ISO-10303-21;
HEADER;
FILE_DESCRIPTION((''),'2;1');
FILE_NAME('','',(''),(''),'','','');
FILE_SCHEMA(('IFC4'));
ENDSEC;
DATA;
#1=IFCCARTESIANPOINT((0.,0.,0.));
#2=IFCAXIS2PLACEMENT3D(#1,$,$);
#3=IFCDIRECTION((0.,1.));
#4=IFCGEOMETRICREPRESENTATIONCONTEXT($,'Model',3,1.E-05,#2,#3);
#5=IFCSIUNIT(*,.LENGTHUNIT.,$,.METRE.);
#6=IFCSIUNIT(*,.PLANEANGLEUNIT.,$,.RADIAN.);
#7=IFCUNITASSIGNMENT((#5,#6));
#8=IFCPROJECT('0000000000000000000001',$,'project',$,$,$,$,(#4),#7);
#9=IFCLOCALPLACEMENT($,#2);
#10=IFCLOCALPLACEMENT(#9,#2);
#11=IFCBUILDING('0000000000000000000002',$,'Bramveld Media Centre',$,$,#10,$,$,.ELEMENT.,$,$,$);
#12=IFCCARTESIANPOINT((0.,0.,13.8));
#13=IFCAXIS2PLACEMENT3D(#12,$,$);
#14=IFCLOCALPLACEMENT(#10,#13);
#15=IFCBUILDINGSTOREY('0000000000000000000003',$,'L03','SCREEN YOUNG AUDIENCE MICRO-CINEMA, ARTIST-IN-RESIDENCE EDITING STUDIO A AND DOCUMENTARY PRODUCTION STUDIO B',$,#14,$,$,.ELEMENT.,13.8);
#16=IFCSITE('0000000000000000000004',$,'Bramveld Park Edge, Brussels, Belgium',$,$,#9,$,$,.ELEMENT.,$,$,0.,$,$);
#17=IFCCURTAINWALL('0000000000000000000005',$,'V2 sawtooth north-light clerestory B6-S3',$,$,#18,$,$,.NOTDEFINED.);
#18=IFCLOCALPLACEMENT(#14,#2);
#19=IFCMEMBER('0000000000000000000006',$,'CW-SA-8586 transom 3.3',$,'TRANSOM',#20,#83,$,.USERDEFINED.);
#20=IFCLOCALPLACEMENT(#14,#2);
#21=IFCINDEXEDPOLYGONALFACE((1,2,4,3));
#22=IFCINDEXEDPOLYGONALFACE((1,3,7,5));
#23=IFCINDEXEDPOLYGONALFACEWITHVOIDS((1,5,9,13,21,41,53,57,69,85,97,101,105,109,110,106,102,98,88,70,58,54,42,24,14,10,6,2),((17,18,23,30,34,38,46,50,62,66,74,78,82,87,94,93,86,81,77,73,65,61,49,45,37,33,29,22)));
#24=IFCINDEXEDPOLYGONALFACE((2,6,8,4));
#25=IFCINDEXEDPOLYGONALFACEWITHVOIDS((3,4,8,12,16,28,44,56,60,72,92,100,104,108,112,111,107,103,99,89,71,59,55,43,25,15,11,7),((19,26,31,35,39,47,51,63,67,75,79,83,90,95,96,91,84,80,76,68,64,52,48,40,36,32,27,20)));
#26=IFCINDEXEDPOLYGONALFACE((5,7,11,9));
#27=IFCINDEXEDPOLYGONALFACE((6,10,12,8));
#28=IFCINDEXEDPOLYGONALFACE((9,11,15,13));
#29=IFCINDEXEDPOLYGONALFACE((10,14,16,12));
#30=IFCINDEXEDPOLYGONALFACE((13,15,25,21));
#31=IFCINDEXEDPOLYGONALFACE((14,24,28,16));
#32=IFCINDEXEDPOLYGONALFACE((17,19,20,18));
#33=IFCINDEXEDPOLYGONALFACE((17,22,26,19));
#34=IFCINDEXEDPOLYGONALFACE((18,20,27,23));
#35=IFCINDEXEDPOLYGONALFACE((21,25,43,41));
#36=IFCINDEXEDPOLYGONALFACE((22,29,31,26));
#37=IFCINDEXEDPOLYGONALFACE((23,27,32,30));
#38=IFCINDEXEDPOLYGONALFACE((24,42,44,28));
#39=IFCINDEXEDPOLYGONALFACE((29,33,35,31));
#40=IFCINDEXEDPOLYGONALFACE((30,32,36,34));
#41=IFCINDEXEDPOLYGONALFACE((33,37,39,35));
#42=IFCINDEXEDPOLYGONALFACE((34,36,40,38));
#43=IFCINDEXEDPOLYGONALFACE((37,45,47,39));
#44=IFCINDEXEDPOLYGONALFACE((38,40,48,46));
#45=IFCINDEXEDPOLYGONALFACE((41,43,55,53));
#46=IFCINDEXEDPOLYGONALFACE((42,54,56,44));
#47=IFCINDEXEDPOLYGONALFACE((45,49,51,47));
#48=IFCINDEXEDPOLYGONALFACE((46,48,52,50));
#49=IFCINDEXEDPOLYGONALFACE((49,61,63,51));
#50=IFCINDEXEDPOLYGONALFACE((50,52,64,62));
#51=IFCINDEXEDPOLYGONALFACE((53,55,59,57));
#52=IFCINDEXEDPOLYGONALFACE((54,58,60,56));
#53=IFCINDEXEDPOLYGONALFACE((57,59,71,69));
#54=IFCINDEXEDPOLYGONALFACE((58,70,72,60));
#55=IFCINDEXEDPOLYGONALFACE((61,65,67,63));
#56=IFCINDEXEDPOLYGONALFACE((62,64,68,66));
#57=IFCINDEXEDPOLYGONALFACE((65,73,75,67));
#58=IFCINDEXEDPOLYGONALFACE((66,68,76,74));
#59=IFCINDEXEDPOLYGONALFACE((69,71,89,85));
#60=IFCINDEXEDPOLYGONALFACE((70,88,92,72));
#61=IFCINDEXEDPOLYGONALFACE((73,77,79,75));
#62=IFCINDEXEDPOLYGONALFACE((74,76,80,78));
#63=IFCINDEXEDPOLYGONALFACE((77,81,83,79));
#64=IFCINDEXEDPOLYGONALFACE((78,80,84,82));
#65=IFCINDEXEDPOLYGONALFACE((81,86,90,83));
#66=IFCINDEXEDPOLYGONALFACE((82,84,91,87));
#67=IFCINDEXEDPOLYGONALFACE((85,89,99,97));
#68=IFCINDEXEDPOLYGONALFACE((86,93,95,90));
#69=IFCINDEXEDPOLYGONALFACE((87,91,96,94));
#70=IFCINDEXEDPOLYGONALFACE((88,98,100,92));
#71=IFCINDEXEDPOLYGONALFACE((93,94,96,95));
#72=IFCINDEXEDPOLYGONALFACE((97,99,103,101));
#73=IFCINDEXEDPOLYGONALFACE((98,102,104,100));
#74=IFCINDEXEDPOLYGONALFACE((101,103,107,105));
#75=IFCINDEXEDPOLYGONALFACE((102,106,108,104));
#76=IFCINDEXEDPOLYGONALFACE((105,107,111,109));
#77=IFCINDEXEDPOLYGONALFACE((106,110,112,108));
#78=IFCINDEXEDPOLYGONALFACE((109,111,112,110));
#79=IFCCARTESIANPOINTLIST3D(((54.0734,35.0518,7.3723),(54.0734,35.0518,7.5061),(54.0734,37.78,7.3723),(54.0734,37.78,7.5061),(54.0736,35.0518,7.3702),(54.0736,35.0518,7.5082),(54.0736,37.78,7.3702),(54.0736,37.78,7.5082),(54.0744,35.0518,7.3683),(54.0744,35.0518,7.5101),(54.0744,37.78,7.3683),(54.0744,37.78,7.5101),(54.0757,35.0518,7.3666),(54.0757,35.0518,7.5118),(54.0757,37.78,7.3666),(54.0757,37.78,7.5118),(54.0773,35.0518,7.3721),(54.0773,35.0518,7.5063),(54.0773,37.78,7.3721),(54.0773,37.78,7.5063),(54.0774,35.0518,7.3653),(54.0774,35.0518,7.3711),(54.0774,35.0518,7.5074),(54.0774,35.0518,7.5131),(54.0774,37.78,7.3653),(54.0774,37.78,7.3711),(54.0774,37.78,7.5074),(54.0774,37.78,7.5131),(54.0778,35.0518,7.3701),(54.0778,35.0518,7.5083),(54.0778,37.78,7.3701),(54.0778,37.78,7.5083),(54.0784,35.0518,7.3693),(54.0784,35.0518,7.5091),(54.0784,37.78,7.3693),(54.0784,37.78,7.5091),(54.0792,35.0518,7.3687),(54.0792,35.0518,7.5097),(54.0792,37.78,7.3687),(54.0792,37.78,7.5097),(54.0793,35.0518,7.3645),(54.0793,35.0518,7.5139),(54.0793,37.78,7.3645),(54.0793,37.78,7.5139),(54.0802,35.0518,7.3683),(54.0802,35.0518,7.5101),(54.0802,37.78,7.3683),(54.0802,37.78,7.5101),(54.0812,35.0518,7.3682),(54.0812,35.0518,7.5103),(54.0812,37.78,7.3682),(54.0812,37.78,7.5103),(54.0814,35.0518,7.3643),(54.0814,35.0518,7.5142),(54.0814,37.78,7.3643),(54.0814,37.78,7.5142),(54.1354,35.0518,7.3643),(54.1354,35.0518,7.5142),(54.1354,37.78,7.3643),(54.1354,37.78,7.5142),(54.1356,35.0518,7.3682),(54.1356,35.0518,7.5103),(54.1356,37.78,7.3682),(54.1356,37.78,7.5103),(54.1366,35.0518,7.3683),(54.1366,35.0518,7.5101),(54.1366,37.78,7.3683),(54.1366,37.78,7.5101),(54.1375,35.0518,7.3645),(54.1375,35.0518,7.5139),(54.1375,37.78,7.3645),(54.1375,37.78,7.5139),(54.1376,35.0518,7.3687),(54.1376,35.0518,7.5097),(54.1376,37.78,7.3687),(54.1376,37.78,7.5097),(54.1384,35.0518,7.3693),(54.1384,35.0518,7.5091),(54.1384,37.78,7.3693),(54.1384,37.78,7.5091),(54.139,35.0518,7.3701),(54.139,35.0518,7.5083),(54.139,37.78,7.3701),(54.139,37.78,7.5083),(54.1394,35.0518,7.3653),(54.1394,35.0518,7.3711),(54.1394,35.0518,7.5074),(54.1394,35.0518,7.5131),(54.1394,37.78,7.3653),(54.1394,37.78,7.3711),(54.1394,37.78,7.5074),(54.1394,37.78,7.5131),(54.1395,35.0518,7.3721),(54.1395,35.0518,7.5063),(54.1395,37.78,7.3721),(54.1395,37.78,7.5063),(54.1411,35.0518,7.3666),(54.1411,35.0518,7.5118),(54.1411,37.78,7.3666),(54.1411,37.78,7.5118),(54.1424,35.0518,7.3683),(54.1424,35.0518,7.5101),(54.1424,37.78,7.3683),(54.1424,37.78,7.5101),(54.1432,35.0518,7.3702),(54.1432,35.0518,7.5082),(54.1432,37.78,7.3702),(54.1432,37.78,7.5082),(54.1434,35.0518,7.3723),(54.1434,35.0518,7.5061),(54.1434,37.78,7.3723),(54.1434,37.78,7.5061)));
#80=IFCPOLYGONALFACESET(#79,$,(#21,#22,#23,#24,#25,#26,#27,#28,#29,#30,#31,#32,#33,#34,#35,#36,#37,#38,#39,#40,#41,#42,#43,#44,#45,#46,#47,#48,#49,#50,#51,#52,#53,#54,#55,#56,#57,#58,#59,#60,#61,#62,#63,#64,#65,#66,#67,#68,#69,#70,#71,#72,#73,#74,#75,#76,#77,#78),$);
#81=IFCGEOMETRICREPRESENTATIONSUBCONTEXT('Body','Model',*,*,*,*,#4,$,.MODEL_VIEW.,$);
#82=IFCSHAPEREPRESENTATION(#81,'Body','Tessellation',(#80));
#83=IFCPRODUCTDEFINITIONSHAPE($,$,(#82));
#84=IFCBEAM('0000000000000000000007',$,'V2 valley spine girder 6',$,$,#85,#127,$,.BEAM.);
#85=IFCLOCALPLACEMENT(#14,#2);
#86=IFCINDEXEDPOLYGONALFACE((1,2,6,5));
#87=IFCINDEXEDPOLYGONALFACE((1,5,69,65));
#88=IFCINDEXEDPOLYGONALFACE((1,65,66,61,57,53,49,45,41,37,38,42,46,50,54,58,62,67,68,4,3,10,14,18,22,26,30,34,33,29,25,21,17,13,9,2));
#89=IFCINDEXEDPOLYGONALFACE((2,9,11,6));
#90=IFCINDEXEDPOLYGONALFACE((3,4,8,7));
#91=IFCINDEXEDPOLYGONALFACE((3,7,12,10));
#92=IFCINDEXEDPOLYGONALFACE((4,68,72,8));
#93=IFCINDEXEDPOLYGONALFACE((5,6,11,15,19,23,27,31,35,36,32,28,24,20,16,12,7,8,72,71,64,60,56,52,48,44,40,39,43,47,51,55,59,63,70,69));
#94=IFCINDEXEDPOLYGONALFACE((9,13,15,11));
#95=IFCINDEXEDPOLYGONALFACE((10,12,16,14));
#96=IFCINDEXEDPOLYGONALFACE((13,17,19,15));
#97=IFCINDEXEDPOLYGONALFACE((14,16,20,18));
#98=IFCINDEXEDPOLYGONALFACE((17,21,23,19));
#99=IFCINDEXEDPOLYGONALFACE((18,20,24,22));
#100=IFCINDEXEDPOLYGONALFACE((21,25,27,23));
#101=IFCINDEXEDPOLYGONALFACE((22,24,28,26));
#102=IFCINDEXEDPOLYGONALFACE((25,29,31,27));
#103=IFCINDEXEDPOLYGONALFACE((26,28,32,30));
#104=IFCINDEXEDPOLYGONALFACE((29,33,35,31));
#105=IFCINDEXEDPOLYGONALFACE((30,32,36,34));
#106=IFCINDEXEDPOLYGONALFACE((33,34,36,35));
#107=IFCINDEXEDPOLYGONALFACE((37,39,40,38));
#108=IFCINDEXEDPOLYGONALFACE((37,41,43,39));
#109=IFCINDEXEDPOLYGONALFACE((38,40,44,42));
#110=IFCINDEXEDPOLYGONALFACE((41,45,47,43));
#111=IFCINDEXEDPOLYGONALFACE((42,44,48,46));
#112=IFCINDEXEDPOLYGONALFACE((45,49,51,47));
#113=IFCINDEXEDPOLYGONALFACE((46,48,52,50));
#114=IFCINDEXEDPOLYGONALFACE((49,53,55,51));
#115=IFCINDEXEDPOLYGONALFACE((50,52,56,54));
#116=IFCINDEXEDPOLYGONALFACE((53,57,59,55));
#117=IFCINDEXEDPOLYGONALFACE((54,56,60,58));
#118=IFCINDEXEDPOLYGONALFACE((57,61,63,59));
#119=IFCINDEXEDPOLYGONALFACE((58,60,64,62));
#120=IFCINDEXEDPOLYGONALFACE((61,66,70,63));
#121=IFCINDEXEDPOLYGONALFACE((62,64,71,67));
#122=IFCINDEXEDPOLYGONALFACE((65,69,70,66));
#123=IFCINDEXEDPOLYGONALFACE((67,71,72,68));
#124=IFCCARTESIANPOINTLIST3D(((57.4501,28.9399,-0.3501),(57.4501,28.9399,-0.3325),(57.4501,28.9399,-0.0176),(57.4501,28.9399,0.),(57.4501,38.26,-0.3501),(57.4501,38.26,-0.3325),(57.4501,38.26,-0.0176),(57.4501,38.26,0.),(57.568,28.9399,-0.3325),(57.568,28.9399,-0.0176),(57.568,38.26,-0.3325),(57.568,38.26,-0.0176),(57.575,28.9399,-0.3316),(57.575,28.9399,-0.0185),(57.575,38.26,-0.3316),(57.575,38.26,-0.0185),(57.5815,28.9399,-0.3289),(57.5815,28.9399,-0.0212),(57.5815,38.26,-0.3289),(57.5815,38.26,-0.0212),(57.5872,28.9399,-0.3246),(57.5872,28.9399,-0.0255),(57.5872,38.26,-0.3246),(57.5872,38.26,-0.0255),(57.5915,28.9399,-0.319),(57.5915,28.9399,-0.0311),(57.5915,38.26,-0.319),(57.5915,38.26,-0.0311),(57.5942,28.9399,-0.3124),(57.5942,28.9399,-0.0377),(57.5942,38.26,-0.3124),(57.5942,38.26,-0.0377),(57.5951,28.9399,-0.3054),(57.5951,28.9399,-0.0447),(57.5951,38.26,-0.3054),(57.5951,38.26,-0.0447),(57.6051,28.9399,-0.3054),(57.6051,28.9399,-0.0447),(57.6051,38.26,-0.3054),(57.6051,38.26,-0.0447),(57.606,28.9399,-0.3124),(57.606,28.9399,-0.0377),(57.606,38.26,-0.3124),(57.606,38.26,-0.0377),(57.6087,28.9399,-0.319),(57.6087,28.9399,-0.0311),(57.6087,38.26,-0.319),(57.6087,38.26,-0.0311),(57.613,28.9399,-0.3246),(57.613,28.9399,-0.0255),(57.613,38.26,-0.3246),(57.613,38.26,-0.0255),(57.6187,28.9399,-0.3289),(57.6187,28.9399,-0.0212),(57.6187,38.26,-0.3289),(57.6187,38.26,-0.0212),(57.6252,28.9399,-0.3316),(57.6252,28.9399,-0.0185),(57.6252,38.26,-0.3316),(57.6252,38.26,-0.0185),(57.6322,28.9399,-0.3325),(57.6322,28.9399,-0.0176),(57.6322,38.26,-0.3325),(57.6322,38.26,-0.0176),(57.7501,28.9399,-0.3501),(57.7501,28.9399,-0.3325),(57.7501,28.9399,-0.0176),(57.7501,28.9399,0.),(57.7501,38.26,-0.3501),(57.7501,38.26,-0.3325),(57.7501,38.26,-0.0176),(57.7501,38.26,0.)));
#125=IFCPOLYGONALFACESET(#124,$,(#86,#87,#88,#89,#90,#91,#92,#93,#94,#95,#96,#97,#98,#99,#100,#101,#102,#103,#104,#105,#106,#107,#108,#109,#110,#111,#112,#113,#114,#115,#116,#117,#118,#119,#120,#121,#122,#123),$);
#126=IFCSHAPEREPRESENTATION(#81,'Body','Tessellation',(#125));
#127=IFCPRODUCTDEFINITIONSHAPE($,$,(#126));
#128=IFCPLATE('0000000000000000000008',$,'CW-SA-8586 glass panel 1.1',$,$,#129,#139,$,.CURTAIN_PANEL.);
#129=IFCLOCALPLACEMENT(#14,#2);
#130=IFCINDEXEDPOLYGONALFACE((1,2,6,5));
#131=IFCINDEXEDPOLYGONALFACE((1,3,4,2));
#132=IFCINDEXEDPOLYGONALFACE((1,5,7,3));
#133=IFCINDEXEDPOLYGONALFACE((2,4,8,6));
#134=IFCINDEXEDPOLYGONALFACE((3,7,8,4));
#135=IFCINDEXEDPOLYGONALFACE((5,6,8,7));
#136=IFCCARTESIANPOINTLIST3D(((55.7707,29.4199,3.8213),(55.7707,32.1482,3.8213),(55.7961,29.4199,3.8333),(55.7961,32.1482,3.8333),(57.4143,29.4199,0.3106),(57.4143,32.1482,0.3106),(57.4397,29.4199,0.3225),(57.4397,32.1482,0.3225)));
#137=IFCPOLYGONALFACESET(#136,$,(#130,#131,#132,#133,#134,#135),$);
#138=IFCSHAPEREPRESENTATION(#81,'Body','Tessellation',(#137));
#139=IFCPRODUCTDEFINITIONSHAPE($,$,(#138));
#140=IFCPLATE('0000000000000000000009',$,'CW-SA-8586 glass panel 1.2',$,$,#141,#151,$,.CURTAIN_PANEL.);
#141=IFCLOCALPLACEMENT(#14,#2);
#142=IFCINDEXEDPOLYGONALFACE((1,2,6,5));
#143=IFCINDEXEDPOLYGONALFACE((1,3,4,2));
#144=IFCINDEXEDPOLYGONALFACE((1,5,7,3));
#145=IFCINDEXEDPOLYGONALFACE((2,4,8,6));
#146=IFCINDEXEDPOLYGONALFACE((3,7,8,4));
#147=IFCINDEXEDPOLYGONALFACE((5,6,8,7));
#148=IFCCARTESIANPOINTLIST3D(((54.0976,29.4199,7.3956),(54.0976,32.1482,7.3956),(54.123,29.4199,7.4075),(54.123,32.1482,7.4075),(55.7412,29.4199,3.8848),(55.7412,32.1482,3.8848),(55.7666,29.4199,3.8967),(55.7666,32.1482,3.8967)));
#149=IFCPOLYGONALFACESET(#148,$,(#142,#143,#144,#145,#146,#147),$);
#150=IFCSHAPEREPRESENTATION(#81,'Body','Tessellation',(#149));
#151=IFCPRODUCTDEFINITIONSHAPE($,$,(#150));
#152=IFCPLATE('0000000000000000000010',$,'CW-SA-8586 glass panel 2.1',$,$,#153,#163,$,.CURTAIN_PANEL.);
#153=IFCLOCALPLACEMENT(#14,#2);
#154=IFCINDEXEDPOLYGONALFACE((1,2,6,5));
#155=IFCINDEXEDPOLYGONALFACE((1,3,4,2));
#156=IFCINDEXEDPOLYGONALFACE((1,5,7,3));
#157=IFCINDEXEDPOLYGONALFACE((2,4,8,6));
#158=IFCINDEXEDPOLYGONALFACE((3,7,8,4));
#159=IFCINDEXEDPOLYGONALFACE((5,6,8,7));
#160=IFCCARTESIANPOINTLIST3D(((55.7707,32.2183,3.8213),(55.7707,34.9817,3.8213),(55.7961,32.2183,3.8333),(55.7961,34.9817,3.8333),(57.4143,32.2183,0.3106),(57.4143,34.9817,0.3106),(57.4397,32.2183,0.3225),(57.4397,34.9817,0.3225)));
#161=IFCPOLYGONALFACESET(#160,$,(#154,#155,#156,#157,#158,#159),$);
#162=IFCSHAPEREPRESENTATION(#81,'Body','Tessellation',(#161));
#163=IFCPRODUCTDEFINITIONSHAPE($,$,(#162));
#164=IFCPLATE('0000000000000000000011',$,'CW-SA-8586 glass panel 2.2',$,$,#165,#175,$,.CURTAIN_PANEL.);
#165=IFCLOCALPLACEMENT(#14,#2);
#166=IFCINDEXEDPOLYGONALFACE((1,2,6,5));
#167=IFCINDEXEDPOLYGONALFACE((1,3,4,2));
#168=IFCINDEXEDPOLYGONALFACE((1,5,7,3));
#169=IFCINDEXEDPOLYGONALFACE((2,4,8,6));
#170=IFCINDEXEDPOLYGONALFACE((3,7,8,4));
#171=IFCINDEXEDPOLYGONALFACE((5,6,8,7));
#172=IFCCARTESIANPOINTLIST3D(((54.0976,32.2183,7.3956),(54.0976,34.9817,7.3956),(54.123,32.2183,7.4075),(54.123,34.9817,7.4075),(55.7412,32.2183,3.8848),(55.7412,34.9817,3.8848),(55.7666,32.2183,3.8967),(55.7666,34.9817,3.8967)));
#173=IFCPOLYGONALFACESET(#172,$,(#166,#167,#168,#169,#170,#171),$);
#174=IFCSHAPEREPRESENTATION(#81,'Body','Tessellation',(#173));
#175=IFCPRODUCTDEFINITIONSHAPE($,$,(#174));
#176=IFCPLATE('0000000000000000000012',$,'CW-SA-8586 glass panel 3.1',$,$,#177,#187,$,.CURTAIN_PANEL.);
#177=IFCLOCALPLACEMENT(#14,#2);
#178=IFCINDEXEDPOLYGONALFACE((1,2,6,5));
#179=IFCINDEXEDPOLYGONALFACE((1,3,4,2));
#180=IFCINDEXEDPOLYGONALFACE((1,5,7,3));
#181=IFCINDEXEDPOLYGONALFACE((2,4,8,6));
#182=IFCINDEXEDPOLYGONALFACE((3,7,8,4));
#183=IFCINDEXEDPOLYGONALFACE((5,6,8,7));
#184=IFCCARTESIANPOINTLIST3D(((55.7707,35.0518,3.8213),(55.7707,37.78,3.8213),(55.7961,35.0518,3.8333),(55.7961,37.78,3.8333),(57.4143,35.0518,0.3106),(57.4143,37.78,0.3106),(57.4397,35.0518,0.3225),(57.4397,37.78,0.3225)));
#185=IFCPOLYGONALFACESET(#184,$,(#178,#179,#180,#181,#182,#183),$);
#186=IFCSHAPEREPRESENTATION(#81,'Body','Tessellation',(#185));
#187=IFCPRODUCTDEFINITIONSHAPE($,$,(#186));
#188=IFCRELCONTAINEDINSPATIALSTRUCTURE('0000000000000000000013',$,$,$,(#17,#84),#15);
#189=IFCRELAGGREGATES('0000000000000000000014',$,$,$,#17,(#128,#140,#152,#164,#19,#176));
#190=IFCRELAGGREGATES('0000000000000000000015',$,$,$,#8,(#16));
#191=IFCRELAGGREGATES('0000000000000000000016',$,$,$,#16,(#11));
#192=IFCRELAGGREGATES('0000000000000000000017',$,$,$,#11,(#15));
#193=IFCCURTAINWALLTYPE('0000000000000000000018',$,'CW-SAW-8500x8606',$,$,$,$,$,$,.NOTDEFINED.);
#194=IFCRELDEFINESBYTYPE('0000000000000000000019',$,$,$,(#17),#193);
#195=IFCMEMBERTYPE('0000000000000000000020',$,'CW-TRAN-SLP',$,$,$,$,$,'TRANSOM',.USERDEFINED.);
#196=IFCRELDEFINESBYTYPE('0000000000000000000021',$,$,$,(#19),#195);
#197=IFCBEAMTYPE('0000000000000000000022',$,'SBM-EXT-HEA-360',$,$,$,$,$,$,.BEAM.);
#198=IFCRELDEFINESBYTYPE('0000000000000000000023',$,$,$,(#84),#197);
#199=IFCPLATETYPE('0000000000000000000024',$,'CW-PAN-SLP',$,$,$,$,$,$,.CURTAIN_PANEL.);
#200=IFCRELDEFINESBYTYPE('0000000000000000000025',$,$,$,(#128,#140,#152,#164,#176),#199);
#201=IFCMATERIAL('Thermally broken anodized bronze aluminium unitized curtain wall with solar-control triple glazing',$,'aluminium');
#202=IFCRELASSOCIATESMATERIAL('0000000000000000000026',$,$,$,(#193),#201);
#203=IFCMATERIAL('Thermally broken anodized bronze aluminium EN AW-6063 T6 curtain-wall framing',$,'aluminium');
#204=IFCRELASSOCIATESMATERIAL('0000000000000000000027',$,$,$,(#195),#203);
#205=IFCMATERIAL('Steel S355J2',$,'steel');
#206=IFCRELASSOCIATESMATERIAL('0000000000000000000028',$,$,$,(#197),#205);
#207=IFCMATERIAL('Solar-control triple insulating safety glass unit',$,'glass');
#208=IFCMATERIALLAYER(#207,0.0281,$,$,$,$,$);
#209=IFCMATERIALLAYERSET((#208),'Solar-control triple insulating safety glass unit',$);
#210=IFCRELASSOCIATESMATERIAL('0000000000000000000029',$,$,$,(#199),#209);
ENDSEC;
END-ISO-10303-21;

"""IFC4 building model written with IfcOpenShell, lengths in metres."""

from ifc_helpers import new_model, si_unit, direction, frame, origin, origin_2d, place, context, subcontext, project, spatial, polyline, hollow_rectangle, i_section, outline, extrude, material, layer, layer_set, material_profile, profile_set, type_object, element, aggregate, save


model = new_model("IFC4")

# Units and contexts
model_context = context("Model", 3, precision=1e-05, world=origin(), true_north=direction((0.0, 1.0)))
body_context = subcontext(model_context, "Body", "Model", "MODEL_VIEW")
ifc_project = project(units=[si_unit("LENGTHUNIT", "METRE"), si_unit("PLANEANGLEUNIT", "RADIAN")], contexts=[model_context])

# Site, building, storey
site_placement = place(None, origin())
site = spatial("IfcSite", under=ifc_project, at=site_placement, Name="Bramveld Park Edge, Brussels, Belgium", CompositionType="ELEMENT", RefElevation=0.0)
building_placement = place(site_placement, origin())
building = spatial("IfcBuilding", under=site, at=building_placement, Name="Bramveld Media Centre", CompositionType="ELEMENT")
storey_placement = place(building_placement, frame((0.0, 0.0, 13.8)))
storey = spatial("IfcBuildingStorey", under=building, at=storey_placement, Name="L03", Description="SCREEN YOUNG AUDIENCE MICRO-CINEMA, ARTIST-IN-RESIDENCE EDITING STUDIO A AND DOCUMENTARY PRODUCTION STUDIO B", CompositionType="ELEMENT", Elevation=13.8)

# Curtain wall, member
ifc_material_1 = material(Name="Thermally broken anodized bronze aluminium unitized curtain wall with solar-control triple glazing", Category="aluminium")
curtain_wall_type = type_object("IfcCurtainWallType", Name="CW-SAW-8500x8606", PredefinedType="NOTDEFINED", material=ifc_material_1)
curtain_wall_placement = place(storey_placement, origin())
curtain_wall = element("IfcCurtainWall", 1, at=curtain_wall_placement, inside=storey, type_object=curtain_wall_type, Name="V2 sawtooth north-light clerestory B6-S3", PredefinedType="NOTDEFINED")
ifc_material_2 = material(Name="Thermally broken anodized bronze aluminium EN AW-6063 T6 curtain-wall framing", Category="aluminium")
ifc_material_profile_1 = material_profile(ifc_material_2, hollow_rectangle(XDim=0.0701, YDim=0.1499, WallThickness=0.0039, InnerFilletRadius=0.0039, OuterFilletRadius=0.0081, at=origin_2d()), Name="AL-TRAN 70x150")
ifc_profile_set_1 = profile_set([ifc_material_profile_1], Name="Thermally broken anodized bronze aluminium EN AW-6063 T6 curtain-wall framing")
member_type_1 = type_object("IfcMemberType", Name="CW-TRAN-SLP", ElementType="TRANSOM", PredefinedType="USERDEFINED", material=ifc_profile_set_1)
member_1_placement = place(storey_placement, frame((54.1084, 35.0518, 7.4392), z_axis=(0.0, 1.0, 0.0), x_axis=(-1.0, 0.0, 0.0)))
member_1 = element("IfcMember", 2, at=member_1_placement, type_object=member_type_1, Name="CW-SA-8586 transom 3.3", ObjectType="TRANSOM", PredefinedType="USERDEFINED", context=body_context, shape_type="SweptSolid", body=[
    extrude(hollow_rectangle(XDim=0.0701, YDim=0.1499, WallThickness=0.0039, InnerFilletRadius=0.0039, OuterFilletRadius=0.0081, at=origin_2d()), origin(), (0.0, 0.0, 1.0), 2.7283),
])

# Beam
ifc_material_3 = material(Name="Steel S355J2", Category="steel")
ifc_material_profile_2 = material_profile(ifc_material_3, i_section(OverallWidth=0.3, OverallDepth=0.3501, WebThickness=0.01, FlangeThickness=0.0176, FilletRadius=0.0271, at=origin_2d()), Name="HEA 360")
ifc_profile_set_2 = profile_set([ifc_material_profile_2], Name="Steel S355J2")
beam_type = type_object("IfcBeamType", Name="SBM-EXT-HEA-360", PredefinedType="BEAM", material=ifc_profile_set_2)
beam_placement = place(storey_placement, frame((57.6001, 28.9399, -0.175), z_axis=(0.0, 1.0, 0.0), x_axis=(-1.0, 0.0, 0.0)))
element("IfcBeam", 3, at=beam_placement, inside=storey, type_object=beam_type, Name="V2 valley spine girder 6", PredefinedType="BEAM", context=body_context, shape_type="SweptSolid", body=[
    extrude(i_section(OverallWidth=0.3, OverallDepth=0.3501, WebThickness=0.01, FlangeThickness=0.0176, FilletRadius=0.0271, at=origin_2d()), origin(), (0.0, 0.0, 1.0), 9.3201),
])

# Plates
ifc_material_4 = material(Name="Solar-control triple insulating safety glass unit", Category="glass")
ifc_layer_1 = layer(ifc_material_4, 0.0281)
ifc_layer_set_1 = layer_set([ifc_layer_1], Name="Solar-control triple insulating safety glass unit")
plate_type_1 = type_object("IfcPlateType", Name="CW-PAN-SLP", PredefinedType="CURTAIN_PANEL", material=ifc_layer_set_1)
plate_1_placement = place(storey_placement, frame((57.4397, 29.4199, 0.3225), z_axis=(0.905668, 0.0, 0.423988), x_axis=(0.0, 1.0, 0.0)))
plate_1 = element("IfcPlate", 4, at=plate_1_placement, type_object=plate_type_1, Name="CW-SA-8586 glass panel 1.1", PredefinedType="CURTAIN_PANEL", context=body_context, shape_type="SweptSolid", body=[
    extrude(outline(polyline([(0.0, 0.0), (2.7283, 0.0), (2.7283, 3.8764), (0.0, 3.8764), (0.0, 0.0)])), origin(), (0.0, 0.0, -1.0), 0.0281),
])
plate_2_placement = place(storey_placement, frame((55.7666, 29.4199, 3.8967), z_axis=(0.905668, 0.0, 0.423988), x_axis=(0.0, 1.0, 0.0)))
plate_2 = element("IfcPlate", 5, at=plate_2_placement, type_object=plate_type_1, Name="CW-SA-8586 glass panel 1.2", PredefinedType="CURTAIN_PANEL", context=body_context, shape_type="SweptSolid", body=[
    extrude(outline(polyline([(0.0, 0.0), (2.7283, 0.0), (2.7283, 3.8764), (0.0, 3.8764), (0.0, 0.0)])), origin(), (0.0, 0.0, -1.0), 0.0281),
])
plate_3_placement = place(storey_placement, frame((57.4397, 32.2183, 0.3225), z_axis=(0.905668, 0.0, 0.423988), x_axis=(0.0, 1.0, 0.0)))
plate_3 = element("IfcPlate", 6, at=plate_3_placement, type_object=plate_type_1, Name="CW-SA-8586 glass panel 2.1", PredefinedType="CURTAIN_PANEL", context=body_context, shape_type="SweptSolid", body=[
    extrude(outline(polyline([(0.0, 0.0), (2.7634, 0.0), (2.7634, 3.8764), (0.0, 3.8764), (0.0, 0.0)])), origin(), (0.0, 0.0, -1.0), 0.0281),
])
plate_4_placement = place(storey_placement, frame((55.7666, 32.2183, 3.8967), z_axis=(0.905668, 0.0, 0.423988), x_axis=(0.0, 1.0, 0.0)))
plate_4 = element("IfcPlate", 7, at=plate_4_placement, type_object=plate_type_1, Name="CW-SA-8586 glass panel 2.2", PredefinedType="CURTAIN_PANEL", context=body_context, shape_type="SweptSolid", body=[
    extrude(outline(polyline([(0.0, 0.0), (2.7634, 0.0), (2.7634, 3.8764), (0.0, 3.8764), (0.0, 0.0)])), origin(), (0.0, 0.0, -1.0), 0.0281),
])
plate_5_placement = place(storey_placement, frame((57.4397, 35.0518, 0.3225), z_axis=(0.905668, 0.0, 0.423988), x_axis=(0.0, 1.0, 0.0)))
plate_5 = element("IfcPlate", 8, at=plate_5_placement, type_object=plate_type_1, Name="CW-SA-8586 glass panel 3.1", PredefinedType="CURTAIN_PANEL", context=body_context, shape_type="SweptSolid", body=[
    extrude(outline(polyline([(0.0, 0.0), (2.7283, 0.0), (2.7283, 3.8764), (0.0, 3.8764), (0.0, 0.0)])), origin(), (0.0, 0.0, -1.0), 0.0281),
])
aggregate(curtain_wall, [plate_1, plate_2, plate_3, plate_4, member_1, plate_5])

save(model, "model.ifc")
